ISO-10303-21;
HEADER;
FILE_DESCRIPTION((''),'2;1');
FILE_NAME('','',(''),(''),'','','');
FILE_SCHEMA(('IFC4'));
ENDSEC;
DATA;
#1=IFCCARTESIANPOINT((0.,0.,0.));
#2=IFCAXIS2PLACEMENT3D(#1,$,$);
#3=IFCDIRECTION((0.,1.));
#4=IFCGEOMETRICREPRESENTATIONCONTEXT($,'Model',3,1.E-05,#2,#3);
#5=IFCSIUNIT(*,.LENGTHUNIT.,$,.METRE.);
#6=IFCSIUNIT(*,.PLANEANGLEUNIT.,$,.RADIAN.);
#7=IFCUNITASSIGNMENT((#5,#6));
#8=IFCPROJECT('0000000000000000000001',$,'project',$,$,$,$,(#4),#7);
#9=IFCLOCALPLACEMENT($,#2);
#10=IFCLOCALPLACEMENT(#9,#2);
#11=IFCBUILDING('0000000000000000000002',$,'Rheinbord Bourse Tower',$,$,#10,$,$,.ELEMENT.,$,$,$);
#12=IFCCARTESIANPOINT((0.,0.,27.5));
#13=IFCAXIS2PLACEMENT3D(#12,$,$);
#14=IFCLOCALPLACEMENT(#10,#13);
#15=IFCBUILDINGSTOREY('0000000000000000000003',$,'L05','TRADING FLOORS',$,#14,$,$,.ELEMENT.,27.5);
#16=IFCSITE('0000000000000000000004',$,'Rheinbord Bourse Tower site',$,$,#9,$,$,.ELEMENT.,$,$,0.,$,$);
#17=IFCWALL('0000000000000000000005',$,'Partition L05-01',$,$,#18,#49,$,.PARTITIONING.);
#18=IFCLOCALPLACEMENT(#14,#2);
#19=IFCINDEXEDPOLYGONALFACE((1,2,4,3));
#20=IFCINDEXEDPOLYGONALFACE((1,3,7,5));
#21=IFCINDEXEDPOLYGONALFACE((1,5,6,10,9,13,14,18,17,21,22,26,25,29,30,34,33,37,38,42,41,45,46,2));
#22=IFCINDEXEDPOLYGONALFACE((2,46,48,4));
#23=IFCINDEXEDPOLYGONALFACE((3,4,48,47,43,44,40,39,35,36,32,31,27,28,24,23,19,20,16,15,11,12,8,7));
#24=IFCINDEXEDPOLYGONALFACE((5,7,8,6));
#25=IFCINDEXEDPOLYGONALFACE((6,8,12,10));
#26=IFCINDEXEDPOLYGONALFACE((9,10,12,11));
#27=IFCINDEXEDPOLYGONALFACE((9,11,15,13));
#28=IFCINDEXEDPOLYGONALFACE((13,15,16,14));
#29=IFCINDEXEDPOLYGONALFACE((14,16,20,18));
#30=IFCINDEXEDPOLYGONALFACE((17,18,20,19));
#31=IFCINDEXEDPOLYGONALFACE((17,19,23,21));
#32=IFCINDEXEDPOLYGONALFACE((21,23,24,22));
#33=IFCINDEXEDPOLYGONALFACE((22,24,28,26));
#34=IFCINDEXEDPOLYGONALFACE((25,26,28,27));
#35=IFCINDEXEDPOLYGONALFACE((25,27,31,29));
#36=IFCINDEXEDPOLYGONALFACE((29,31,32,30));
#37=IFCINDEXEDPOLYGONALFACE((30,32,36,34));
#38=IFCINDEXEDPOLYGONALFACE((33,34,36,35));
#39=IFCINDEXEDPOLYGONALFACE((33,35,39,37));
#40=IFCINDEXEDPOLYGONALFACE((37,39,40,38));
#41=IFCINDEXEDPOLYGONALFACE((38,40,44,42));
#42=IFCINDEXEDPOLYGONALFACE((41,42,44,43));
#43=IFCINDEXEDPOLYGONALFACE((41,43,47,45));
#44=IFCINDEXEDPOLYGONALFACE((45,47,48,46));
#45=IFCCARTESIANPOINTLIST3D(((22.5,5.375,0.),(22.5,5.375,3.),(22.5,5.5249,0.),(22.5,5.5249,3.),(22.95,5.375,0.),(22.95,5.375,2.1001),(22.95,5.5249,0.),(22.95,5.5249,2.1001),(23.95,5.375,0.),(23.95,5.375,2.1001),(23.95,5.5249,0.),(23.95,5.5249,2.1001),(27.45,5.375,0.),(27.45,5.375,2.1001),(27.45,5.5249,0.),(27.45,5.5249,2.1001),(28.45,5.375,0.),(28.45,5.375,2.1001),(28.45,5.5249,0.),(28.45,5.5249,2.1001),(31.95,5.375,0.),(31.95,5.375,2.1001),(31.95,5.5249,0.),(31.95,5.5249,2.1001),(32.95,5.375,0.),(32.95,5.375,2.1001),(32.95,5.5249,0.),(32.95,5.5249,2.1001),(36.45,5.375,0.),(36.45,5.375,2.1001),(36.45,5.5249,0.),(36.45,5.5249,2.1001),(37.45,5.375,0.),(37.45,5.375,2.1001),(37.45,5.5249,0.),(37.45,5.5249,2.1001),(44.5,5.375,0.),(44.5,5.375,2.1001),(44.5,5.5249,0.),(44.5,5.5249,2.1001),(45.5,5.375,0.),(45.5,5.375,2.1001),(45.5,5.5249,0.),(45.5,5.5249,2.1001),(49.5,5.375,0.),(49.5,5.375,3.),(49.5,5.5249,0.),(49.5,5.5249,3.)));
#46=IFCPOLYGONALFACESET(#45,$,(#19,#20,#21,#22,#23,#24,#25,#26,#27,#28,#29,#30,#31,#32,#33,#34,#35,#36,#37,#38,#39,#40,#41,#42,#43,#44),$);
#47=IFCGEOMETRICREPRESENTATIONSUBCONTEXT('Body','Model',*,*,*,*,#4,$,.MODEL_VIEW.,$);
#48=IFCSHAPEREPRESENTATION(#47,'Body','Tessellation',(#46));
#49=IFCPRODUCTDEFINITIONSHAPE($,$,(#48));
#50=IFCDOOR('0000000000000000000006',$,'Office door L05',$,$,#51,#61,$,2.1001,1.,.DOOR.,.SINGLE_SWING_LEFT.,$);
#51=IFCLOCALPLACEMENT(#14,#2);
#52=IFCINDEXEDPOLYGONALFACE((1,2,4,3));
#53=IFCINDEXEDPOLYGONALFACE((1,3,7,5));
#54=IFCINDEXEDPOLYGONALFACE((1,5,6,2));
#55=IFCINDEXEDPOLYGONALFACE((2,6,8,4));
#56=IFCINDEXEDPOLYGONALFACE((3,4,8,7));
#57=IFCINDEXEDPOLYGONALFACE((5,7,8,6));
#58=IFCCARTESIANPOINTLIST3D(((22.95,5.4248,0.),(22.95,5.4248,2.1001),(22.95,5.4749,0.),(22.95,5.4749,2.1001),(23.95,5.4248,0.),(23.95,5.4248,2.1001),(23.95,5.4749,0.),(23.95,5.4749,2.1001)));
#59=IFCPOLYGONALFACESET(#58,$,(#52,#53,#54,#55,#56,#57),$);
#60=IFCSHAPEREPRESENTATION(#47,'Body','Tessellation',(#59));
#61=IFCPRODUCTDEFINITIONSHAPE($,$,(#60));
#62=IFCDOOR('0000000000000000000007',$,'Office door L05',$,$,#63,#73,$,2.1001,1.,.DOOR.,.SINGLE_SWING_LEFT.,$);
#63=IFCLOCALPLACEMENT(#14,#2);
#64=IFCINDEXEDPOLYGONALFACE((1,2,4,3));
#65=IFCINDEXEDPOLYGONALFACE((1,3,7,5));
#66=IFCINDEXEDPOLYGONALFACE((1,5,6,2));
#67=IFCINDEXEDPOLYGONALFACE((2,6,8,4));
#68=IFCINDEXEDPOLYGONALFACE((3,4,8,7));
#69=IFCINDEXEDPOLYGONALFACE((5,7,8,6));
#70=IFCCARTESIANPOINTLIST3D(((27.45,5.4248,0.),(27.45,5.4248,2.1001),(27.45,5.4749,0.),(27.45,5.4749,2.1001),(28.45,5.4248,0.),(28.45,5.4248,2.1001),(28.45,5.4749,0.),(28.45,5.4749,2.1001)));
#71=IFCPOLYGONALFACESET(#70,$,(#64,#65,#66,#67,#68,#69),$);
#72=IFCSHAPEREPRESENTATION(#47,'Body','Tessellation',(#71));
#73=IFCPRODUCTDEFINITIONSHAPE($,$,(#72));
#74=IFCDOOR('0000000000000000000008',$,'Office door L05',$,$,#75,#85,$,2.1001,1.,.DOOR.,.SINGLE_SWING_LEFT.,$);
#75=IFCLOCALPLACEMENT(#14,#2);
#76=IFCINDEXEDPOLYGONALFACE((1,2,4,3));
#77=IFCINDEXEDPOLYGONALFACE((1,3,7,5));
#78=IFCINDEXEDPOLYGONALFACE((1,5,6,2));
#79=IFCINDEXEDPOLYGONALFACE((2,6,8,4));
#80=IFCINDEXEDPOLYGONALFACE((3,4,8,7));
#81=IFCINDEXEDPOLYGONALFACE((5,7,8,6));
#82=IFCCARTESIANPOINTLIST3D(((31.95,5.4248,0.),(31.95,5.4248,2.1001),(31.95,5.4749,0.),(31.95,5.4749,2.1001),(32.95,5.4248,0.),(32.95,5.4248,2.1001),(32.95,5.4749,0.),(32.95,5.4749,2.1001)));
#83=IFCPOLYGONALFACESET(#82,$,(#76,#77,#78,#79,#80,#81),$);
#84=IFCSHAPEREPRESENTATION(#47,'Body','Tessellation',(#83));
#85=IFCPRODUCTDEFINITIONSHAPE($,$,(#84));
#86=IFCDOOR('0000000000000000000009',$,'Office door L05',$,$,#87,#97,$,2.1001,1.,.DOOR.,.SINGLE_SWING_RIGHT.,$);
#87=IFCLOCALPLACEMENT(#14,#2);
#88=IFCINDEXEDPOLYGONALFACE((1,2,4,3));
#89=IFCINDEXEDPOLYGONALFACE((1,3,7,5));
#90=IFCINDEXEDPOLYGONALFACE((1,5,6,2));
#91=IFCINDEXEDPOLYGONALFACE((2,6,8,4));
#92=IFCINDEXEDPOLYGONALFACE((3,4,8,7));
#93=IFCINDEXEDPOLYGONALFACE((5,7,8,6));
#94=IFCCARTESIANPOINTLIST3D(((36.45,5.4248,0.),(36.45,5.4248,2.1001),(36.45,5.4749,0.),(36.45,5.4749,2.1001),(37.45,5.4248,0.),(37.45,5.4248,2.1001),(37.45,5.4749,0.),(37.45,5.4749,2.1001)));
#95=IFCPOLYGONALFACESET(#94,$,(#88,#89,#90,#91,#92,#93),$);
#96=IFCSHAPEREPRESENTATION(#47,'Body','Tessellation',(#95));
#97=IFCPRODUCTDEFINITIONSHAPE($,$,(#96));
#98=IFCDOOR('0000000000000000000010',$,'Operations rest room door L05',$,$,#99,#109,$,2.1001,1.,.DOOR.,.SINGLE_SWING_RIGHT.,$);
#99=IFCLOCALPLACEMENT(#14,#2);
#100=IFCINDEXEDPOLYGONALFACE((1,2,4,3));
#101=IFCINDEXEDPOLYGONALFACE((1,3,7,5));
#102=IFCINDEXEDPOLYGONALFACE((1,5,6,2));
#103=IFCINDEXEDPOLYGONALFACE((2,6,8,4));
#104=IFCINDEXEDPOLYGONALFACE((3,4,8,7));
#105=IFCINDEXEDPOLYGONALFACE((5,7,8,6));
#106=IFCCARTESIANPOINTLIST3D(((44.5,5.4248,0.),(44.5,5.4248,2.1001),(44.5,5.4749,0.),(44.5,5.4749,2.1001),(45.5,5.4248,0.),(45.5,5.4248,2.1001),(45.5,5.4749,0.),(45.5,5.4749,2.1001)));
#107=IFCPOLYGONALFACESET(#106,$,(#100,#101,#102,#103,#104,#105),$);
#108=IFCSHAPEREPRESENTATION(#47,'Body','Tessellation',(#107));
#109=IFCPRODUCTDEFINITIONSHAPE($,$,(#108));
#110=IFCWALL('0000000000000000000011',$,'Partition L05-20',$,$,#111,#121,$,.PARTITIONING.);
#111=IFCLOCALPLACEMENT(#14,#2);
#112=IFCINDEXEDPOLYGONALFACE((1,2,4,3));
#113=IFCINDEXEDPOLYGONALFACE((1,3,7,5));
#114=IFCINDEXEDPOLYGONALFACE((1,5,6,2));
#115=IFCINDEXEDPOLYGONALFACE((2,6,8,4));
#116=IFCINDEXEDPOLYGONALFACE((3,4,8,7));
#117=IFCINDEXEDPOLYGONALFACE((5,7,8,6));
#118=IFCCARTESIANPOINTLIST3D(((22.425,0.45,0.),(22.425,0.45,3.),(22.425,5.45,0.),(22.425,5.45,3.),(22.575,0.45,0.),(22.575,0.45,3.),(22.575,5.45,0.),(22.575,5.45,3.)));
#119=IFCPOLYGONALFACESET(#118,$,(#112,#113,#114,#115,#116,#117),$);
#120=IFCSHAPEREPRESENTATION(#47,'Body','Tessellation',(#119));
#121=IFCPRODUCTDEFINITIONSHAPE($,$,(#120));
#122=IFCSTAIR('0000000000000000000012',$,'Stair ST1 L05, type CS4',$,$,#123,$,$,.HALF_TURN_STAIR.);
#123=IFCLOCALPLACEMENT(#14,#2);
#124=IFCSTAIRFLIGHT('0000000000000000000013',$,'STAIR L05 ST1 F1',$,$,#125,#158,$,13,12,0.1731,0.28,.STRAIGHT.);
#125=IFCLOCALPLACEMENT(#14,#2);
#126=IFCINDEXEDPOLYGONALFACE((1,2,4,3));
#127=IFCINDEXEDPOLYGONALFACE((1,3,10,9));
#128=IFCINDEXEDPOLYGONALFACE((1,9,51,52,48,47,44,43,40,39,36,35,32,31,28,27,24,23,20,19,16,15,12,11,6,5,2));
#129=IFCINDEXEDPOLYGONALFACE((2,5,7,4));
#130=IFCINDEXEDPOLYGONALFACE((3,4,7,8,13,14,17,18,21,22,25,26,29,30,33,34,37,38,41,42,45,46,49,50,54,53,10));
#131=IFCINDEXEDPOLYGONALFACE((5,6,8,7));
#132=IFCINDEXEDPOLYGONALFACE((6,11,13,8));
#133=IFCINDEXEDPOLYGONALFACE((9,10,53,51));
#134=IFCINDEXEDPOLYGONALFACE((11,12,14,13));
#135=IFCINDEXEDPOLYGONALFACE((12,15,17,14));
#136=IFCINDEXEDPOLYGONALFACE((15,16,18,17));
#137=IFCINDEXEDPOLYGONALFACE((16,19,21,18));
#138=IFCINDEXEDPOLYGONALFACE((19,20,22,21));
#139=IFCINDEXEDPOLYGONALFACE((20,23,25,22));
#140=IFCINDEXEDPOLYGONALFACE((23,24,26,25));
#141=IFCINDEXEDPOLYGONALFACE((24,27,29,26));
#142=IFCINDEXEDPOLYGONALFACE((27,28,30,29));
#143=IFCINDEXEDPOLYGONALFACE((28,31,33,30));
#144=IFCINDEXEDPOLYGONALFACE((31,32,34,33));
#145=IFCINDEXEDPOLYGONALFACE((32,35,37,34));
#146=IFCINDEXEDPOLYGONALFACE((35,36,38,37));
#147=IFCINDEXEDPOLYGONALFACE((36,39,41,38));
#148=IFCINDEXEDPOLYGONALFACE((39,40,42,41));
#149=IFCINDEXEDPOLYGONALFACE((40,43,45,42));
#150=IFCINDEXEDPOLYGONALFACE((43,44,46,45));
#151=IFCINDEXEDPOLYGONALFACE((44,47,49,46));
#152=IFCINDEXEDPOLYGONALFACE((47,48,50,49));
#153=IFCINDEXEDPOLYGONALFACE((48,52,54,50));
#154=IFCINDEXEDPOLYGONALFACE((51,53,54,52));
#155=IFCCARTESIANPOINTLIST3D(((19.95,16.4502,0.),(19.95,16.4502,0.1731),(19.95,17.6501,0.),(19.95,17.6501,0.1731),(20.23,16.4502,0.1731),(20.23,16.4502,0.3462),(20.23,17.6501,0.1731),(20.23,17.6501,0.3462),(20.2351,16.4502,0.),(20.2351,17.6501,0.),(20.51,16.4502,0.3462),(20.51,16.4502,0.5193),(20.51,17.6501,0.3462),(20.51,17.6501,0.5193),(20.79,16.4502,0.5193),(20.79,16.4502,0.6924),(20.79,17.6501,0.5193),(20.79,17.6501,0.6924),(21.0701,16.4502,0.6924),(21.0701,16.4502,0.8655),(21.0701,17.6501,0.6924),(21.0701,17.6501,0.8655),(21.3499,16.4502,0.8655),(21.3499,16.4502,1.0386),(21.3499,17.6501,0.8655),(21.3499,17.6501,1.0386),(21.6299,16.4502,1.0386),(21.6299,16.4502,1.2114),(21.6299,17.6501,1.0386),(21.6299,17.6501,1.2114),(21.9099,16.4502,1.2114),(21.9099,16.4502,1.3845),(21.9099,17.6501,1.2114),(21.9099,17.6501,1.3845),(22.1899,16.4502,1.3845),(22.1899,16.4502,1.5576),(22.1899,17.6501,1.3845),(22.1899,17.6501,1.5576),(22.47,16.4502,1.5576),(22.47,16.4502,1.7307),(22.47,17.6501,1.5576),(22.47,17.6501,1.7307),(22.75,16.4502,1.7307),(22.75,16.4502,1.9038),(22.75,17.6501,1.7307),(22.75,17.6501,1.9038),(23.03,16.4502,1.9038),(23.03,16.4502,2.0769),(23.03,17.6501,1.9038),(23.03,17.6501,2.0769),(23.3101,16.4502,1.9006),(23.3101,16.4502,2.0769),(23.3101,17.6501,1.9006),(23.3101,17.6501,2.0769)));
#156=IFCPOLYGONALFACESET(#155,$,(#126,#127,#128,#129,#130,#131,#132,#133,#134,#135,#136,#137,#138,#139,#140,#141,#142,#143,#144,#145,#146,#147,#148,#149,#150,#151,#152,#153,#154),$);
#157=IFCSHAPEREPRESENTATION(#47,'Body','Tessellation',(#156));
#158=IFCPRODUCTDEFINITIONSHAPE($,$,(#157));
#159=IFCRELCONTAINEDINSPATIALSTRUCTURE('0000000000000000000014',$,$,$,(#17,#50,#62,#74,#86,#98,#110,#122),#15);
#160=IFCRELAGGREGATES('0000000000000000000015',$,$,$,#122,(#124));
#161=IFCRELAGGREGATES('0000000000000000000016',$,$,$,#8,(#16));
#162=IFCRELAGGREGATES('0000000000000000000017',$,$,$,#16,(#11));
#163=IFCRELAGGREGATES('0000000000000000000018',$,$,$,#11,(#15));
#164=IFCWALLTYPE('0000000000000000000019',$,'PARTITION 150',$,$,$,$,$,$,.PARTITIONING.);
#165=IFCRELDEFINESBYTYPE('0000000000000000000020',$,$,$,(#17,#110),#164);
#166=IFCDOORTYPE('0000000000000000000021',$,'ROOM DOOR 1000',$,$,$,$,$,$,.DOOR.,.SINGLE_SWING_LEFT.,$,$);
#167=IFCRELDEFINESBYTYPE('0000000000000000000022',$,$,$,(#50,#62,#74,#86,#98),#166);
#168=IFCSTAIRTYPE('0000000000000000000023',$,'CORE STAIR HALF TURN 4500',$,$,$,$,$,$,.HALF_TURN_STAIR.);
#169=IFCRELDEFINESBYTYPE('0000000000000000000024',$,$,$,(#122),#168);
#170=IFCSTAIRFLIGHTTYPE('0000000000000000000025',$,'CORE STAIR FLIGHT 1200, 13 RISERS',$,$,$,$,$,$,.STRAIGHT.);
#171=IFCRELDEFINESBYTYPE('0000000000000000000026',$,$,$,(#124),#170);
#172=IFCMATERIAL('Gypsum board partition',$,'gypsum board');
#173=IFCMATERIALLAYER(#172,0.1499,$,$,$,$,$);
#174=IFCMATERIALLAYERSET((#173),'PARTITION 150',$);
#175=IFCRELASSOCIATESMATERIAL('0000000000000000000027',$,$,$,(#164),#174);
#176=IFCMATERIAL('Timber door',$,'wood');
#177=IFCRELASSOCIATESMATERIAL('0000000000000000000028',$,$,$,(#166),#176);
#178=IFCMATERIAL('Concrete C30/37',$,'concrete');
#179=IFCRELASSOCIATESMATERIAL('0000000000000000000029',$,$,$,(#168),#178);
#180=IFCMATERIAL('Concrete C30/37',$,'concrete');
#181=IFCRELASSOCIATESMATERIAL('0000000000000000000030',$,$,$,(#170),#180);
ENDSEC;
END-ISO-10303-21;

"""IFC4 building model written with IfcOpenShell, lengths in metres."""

from ifc_helpers import new_model, si_unit, direction, frame, frame_2d, origin, place, context, subcontext, project, spatial, polyline, rectangle, outline, extrude, material, layer, layer_set, type_object, element, fill, aggregate, save


model = new_model("IFC4")

# Units and contexts
model_context = context("Model", 3, precision=1e-05, world=origin(), true_north=direction((0.0, 1.0)))
body_context = subcontext(model_context, "Body", "Model", "MODEL_VIEW")
ifc_project = project(units=[si_unit("LENGTHUNIT", "METRE"), si_unit("PLANEANGLEUNIT", "RADIAN")], contexts=[model_context])

# Site, building, storey
site_placement = place(None, origin())
site = spatial("IfcSite", under=ifc_project, at=site_placement, Name="Rheinbord Bourse Tower site", CompositionType="ELEMENT", RefElevation=0.0)
building_placement = place(site_placement, origin())
building = spatial("IfcBuilding", under=site, at=building_placement, Name="Rheinbord Bourse Tower", CompositionType="ELEMENT")
storey_placement = place(building_placement, frame((0.0, 0.0, 27.5)))
storey = spatial("IfcBuildingStorey", under=building, at=storey_placement, Name="L05", Description="TRADING FLOORS", CompositionType="ELEMENT", Elevation=27.5)

# Wall, openings, doors
ifc_material_1 = material(Name="Gypsum board partition", Category="gypsum board")
ifc_layer_1 = layer(ifc_material_1, 0.1499)
ifc_layer_set_1 = layer_set([ifc_layer_1], Name="PARTITION 150")
wall_type_1 = type_object("IfcWallType", Name="PARTITION 150", PredefinedType="PARTITIONING", material=ifc_layer_set_1)
wall_1_placement = place(storey_placement, frame((22.5, 5.45, 0.0), z_axis=(0.0, 0.0, 1.0), x_axis=(1.0, 0.0, 0.0)))
wall_1 = element("IfcWall", 1, at=wall_1_placement, inside=storey, type_object=wall_type_1, Name="Partition L05-01", PredefinedType="PARTITIONING", context=body_context, shape_type="SweptSolid", body=[
    extrude(rectangle(XDim=27.0, YDim=0.1499, at=frame_2d((13.5, 0.0))), origin(), (0.0, 0.0, 1.0), 3.0),
])
opening_1_placement = place(wall_1_placement, frame((0.45, 0.0, 0.0)))
opening_1 = element("IfcOpeningElement", 2, at=opening_1_placement, cuts=wall_1, PredefinedType="OPENING", context=body_context, shape_type="SweptSolid", body=[
    extrude(rectangle(XDim=1.0, YDim=2.1001, at=frame_2d((0.5, 1.05))), frame((0.0, 0.085, 0.0), z_axis=(0.0, -1.0, 0.0), x_axis=(1.0, 0.0, 0.0)), (0.0, 0.0, 1.0), 0.1699),
])
opening_2_placement = place(wall_1_placement, frame((4.95, 0.0, 0.0)))
opening_2 = element("IfcOpeningElement", 3, at=opening_2_placement, cuts=wall_1, PredefinedType="OPENING", context=body_context, shape_type="SweptSolid", body=[
    extrude(rectangle(XDim=1.0, YDim=2.1001, at=frame_2d((0.5, 1.05))), frame((0.0, 0.085, 0.0), z_axis=(0.0, -1.0, 0.0), x_axis=(1.0, 0.0, 0.0)), (0.0, 0.0, 1.0), 0.1699),
])
opening_3_placement = place(wall_1_placement, frame((9.45, 0.0, 0.0)))
opening_3 = element("IfcOpeningElement", 4, at=opening_3_placement, cuts=wall_1, PredefinedType="OPENING", context=body_context, shape_type="SweptSolid", body=[
    extrude(rectangle(XDim=1.0, YDim=2.1001, at=frame_2d((0.5, 1.05))), frame((0.0, 0.085, 0.0), z_axis=(0.0, -1.0, 0.0), x_axis=(1.0, 0.0, 0.0)), (0.0, 0.0, 1.0), 0.1699),
])
opening_4_placement = place(wall_1_placement, frame((13.95, 0.0, 0.0)))
opening_4 = element("IfcOpeningElement", 5, at=opening_4_placement, cuts=wall_1, PredefinedType="OPENING", context=body_context, shape_type="SweptSolid", body=[
    extrude(rectangle(XDim=1.0, YDim=2.1001, at=frame_2d((0.5, 1.05))), frame((0.0, 0.085, 0.0), z_axis=(0.0, -1.0, 0.0), x_axis=(1.0, 0.0, 0.0)), (0.0, 0.0, 1.0), 0.1699),
])
opening_5_placement = place(wall_1_placement, frame((22.0, 0.0, 0.0)))
opening_5 = element("IfcOpeningElement", 6, at=opening_5_placement, cuts=wall_1, PredefinedType="OPENING", context=body_context, shape_type="SweptSolid", body=[
    extrude(rectangle(XDim=1.0, YDim=2.1001, at=frame_2d((0.5, 1.05))), frame((0.0, 0.085, 0.0), z_axis=(0.0, -1.0, 0.0), x_axis=(1.0, 0.0, 0.0)), (0.0, 0.0, 1.0), 0.1699),
])
ifc_material_2 = material(Name="Timber door", Category="wood")
door_type_1 = type_object("IfcDoorType", Name="ROOM DOOR 1000", OperationType="SINGLE_SWING_LEFT", PredefinedType="DOOR", material=ifc_material_2)
door_1_placement = place(opening_1_placement, origin())
door_1 = element("IfcDoor", 7, at=door_1_placement, inside=storey, type_object=door_type_1, Name="Office door L05", OperationType="SINGLE_SWING_LEFT", OverallHeight=2.1001, OverallWidth=1.0, PredefinedType="DOOR", context=body_context, shape_type="SweptSolid", body=[
    extrude(rectangle(XDim=1.0, YDim=2.1001, at=frame_2d((0.5, 1.05))), frame((0.0, 0.0249, 0.0), z_axis=(0.0, -1.0, 0.0), x_axis=(1.0, 0.0, 0.0)), (0.0, 0.0, 1.0), 0.05),
])
fill(opening_1, door_1)
door_2_placement = place(opening_2_placement, origin())
door_2 = element("IfcDoor", 8, at=door_2_placement, inside=storey, type_object=door_type_1, Name="Office door L05", OperationType="SINGLE_SWING_LEFT", OverallHeight=2.1001, OverallWidth=1.0, PredefinedType="DOOR", context=body_context, shape_type="SweptSolid", body=[
    extrude(rectangle(XDim=1.0, YDim=2.1001, at=frame_2d((0.5, 1.05))), frame((0.0, 0.0249, 0.0), z_axis=(0.0, -1.0, 0.0), x_axis=(1.0, 0.0, 0.0)), (0.0, 0.0, 1.0), 0.05),
])
fill(opening_2, door_2)
door_3_placement = place(opening_3_placement, origin())
door_3 = element("IfcDoor", 9, at=door_3_placement, inside=storey, type_object=door_type_1, Name="Office door L05", OperationType="SINGLE_SWING_LEFT", OverallHeight=2.1001, OverallWidth=1.0, PredefinedType="DOOR", context=body_context, shape_type="SweptSolid", body=[
    extrude(rectangle(XDim=1.0, YDim=2.1001, at=frame_2d((0.5, 1.05))), frame((0.0, 0.0249, 0.0), z_axis=(0.0, -1.0, 0.0), x_axis=(1.0, 0.0, 0.0)), (0.0, 0.0, 1.0), 0.05),
])
fill(opening_3, door_3)
door_4_placement = place(opening_4_placement, origin())
door_4 = element("IfcDoor", 10, at=door_4_placement, inside=storey, type_object=door_type_1, Name="Office door L05", OperationType="SINGLE_SWING_RIGHT", OverallHeight=2.1001, OverallWidth=1.0, PredefinedType="DOOR", context=body_context, shape_type="SweptSolid", body=[
    extrude(rectangle(XDim=1.0, YDim=2.1001, at=frame_2d((0.5, 1.05))), frame((0.0, 0.0249, 0.0), z_axis=(0.0, -1.0, 0.0), x_axis=(1.0, 0.0, 0.0)), (0.0, 0.0, 1.0), 0.05),
])
fill(opening_4, door_4)
door_5_placement = place(opening_5_placement, origin())
door_5 = element("IfcDoor", 11, at=door_5_placement, inside=storey, type_object=door_type_1, Name="Operations rest room door L05", OperationType="SINGLE_SWING_RIGHT", OverallHeight=2.1001, OverallWidth=1.0, PredefinedType="DOOR", context=body_context, shape_type="SweptSolid", body=[
    extrude(rectangle(XDim=1.0, YDim=2.1001, at=frame_2d((0.5, 1.05))), frame((0.0, 0.0249, 0.0), z_axis=(0.0, -1.0, 0.0), x_axis=(1.0, 0.0, 0.0)), (0.0, 0.0, 1.0), 0.05),
])
fill(opening_5, door_5)

# Wall
wall_2_placement = place(storey_placement, frame((22.5, 0.45, 0.0), z_axis=(0.0, 0.0, 1.0), x_axis=(0.0, 1.0, 0.0)))
element("IfcWall", 12, at=wall_2_placement, inside=storey, type_object=wall_type_1, Name="Partition L05-20", PredefinedType="PARTITIONING", context=body_context, shape_type="SweptSolid", body=[
    extrude(rectangle(XDim=5.0, YDim=0.1499, at=frame_2d((2.5, 0.0))), origin(), (0.0, 0.0, 1.0), 3.0),
])

# Stair, stair flight
ifc_material_3 = material(Name="Concrete C30/37", Category="concrete")
stair_type = type_object("IfcStairType", Name="CORE STAIR HALF TURN 4500", PredefinedType="HALF_TURN_STAIR", material=ifc_material_3)
stair_placement = place(storey_placement, origin())
stair = element("IfcStair", 13, at=stair_placement, inside=storey, type_object=stair_type, Name="Stair ST1 L05, type CS4", PredefinedType="HALF_TURN_STAIR")
ifc_material_4 = material(Name="Concrete C30/37", Category="concrete")
stair_flight_type = type_object("IfcStairFlightType", Name="CORE STAIR FLIGHT 1200, 13 RISERS", PredefinedType="STRAIGHT", material=ifc_material_4)
stair_flight_1_placement = place(storey_placement, frame((19.95, 17.05, 0.0), z_axis=(0.0, 0.0, 1.0), x_axis=(1.0, 0.0, 0.0)))
stair_flight_1 = element("IfcStairFlight", 14, at=stair_flight_1_placement, type_object=stair_flight_type, Name="STAIR L05 ST1 F1", NumberOfRisers=13, NumberOfTreads=12, PredefinedType="STRAIGHT", RiserHeight=0.1731, TreadLength=0.28, context=body_context, shape_type="SweptSolid", body=[
    extrude(outline(polyline([(0.0, 0.0), (0.0, 0.1731), (0.28, 0.1731), (0.28, 0.3462), (0.5601, 0.3462), (0.5601, 0.5193), (0.8401, 0.5193), (0.8401, 0.6924), (1.1201, 0.6924), (1.1201, 0.8655), (1.3999, 0.8655), (1.3999, 1.0386), (1.6799, 1.0386), (1.6799, 1.2114), (1.96, 1.2114), (1.96, 1.3845), (2.24, 1.3845), (2.24, 1.5576), (2.52, 1.5576), (2.52, 1.7307), (2.8, 1.7307), (2.8, 1.9038), (3.0801, 1.9038), (3.0801, 2.0769), (3.3601, 2.0769), (3.3601, 2.25), (3.3601, 1.9006), (0.2852, 0.0), (0.0, 0.0)])), frame((0.0, 0.6001, 0.0), z_axis=(0.0, -1.0, 0.0), x_axis=(1.0, 0.0, 0.0)), (0.0, 0.0, 1.0), 1.2),
])
aggregate(stair, [stair_flight_1])

save(model, "model.ifc")
